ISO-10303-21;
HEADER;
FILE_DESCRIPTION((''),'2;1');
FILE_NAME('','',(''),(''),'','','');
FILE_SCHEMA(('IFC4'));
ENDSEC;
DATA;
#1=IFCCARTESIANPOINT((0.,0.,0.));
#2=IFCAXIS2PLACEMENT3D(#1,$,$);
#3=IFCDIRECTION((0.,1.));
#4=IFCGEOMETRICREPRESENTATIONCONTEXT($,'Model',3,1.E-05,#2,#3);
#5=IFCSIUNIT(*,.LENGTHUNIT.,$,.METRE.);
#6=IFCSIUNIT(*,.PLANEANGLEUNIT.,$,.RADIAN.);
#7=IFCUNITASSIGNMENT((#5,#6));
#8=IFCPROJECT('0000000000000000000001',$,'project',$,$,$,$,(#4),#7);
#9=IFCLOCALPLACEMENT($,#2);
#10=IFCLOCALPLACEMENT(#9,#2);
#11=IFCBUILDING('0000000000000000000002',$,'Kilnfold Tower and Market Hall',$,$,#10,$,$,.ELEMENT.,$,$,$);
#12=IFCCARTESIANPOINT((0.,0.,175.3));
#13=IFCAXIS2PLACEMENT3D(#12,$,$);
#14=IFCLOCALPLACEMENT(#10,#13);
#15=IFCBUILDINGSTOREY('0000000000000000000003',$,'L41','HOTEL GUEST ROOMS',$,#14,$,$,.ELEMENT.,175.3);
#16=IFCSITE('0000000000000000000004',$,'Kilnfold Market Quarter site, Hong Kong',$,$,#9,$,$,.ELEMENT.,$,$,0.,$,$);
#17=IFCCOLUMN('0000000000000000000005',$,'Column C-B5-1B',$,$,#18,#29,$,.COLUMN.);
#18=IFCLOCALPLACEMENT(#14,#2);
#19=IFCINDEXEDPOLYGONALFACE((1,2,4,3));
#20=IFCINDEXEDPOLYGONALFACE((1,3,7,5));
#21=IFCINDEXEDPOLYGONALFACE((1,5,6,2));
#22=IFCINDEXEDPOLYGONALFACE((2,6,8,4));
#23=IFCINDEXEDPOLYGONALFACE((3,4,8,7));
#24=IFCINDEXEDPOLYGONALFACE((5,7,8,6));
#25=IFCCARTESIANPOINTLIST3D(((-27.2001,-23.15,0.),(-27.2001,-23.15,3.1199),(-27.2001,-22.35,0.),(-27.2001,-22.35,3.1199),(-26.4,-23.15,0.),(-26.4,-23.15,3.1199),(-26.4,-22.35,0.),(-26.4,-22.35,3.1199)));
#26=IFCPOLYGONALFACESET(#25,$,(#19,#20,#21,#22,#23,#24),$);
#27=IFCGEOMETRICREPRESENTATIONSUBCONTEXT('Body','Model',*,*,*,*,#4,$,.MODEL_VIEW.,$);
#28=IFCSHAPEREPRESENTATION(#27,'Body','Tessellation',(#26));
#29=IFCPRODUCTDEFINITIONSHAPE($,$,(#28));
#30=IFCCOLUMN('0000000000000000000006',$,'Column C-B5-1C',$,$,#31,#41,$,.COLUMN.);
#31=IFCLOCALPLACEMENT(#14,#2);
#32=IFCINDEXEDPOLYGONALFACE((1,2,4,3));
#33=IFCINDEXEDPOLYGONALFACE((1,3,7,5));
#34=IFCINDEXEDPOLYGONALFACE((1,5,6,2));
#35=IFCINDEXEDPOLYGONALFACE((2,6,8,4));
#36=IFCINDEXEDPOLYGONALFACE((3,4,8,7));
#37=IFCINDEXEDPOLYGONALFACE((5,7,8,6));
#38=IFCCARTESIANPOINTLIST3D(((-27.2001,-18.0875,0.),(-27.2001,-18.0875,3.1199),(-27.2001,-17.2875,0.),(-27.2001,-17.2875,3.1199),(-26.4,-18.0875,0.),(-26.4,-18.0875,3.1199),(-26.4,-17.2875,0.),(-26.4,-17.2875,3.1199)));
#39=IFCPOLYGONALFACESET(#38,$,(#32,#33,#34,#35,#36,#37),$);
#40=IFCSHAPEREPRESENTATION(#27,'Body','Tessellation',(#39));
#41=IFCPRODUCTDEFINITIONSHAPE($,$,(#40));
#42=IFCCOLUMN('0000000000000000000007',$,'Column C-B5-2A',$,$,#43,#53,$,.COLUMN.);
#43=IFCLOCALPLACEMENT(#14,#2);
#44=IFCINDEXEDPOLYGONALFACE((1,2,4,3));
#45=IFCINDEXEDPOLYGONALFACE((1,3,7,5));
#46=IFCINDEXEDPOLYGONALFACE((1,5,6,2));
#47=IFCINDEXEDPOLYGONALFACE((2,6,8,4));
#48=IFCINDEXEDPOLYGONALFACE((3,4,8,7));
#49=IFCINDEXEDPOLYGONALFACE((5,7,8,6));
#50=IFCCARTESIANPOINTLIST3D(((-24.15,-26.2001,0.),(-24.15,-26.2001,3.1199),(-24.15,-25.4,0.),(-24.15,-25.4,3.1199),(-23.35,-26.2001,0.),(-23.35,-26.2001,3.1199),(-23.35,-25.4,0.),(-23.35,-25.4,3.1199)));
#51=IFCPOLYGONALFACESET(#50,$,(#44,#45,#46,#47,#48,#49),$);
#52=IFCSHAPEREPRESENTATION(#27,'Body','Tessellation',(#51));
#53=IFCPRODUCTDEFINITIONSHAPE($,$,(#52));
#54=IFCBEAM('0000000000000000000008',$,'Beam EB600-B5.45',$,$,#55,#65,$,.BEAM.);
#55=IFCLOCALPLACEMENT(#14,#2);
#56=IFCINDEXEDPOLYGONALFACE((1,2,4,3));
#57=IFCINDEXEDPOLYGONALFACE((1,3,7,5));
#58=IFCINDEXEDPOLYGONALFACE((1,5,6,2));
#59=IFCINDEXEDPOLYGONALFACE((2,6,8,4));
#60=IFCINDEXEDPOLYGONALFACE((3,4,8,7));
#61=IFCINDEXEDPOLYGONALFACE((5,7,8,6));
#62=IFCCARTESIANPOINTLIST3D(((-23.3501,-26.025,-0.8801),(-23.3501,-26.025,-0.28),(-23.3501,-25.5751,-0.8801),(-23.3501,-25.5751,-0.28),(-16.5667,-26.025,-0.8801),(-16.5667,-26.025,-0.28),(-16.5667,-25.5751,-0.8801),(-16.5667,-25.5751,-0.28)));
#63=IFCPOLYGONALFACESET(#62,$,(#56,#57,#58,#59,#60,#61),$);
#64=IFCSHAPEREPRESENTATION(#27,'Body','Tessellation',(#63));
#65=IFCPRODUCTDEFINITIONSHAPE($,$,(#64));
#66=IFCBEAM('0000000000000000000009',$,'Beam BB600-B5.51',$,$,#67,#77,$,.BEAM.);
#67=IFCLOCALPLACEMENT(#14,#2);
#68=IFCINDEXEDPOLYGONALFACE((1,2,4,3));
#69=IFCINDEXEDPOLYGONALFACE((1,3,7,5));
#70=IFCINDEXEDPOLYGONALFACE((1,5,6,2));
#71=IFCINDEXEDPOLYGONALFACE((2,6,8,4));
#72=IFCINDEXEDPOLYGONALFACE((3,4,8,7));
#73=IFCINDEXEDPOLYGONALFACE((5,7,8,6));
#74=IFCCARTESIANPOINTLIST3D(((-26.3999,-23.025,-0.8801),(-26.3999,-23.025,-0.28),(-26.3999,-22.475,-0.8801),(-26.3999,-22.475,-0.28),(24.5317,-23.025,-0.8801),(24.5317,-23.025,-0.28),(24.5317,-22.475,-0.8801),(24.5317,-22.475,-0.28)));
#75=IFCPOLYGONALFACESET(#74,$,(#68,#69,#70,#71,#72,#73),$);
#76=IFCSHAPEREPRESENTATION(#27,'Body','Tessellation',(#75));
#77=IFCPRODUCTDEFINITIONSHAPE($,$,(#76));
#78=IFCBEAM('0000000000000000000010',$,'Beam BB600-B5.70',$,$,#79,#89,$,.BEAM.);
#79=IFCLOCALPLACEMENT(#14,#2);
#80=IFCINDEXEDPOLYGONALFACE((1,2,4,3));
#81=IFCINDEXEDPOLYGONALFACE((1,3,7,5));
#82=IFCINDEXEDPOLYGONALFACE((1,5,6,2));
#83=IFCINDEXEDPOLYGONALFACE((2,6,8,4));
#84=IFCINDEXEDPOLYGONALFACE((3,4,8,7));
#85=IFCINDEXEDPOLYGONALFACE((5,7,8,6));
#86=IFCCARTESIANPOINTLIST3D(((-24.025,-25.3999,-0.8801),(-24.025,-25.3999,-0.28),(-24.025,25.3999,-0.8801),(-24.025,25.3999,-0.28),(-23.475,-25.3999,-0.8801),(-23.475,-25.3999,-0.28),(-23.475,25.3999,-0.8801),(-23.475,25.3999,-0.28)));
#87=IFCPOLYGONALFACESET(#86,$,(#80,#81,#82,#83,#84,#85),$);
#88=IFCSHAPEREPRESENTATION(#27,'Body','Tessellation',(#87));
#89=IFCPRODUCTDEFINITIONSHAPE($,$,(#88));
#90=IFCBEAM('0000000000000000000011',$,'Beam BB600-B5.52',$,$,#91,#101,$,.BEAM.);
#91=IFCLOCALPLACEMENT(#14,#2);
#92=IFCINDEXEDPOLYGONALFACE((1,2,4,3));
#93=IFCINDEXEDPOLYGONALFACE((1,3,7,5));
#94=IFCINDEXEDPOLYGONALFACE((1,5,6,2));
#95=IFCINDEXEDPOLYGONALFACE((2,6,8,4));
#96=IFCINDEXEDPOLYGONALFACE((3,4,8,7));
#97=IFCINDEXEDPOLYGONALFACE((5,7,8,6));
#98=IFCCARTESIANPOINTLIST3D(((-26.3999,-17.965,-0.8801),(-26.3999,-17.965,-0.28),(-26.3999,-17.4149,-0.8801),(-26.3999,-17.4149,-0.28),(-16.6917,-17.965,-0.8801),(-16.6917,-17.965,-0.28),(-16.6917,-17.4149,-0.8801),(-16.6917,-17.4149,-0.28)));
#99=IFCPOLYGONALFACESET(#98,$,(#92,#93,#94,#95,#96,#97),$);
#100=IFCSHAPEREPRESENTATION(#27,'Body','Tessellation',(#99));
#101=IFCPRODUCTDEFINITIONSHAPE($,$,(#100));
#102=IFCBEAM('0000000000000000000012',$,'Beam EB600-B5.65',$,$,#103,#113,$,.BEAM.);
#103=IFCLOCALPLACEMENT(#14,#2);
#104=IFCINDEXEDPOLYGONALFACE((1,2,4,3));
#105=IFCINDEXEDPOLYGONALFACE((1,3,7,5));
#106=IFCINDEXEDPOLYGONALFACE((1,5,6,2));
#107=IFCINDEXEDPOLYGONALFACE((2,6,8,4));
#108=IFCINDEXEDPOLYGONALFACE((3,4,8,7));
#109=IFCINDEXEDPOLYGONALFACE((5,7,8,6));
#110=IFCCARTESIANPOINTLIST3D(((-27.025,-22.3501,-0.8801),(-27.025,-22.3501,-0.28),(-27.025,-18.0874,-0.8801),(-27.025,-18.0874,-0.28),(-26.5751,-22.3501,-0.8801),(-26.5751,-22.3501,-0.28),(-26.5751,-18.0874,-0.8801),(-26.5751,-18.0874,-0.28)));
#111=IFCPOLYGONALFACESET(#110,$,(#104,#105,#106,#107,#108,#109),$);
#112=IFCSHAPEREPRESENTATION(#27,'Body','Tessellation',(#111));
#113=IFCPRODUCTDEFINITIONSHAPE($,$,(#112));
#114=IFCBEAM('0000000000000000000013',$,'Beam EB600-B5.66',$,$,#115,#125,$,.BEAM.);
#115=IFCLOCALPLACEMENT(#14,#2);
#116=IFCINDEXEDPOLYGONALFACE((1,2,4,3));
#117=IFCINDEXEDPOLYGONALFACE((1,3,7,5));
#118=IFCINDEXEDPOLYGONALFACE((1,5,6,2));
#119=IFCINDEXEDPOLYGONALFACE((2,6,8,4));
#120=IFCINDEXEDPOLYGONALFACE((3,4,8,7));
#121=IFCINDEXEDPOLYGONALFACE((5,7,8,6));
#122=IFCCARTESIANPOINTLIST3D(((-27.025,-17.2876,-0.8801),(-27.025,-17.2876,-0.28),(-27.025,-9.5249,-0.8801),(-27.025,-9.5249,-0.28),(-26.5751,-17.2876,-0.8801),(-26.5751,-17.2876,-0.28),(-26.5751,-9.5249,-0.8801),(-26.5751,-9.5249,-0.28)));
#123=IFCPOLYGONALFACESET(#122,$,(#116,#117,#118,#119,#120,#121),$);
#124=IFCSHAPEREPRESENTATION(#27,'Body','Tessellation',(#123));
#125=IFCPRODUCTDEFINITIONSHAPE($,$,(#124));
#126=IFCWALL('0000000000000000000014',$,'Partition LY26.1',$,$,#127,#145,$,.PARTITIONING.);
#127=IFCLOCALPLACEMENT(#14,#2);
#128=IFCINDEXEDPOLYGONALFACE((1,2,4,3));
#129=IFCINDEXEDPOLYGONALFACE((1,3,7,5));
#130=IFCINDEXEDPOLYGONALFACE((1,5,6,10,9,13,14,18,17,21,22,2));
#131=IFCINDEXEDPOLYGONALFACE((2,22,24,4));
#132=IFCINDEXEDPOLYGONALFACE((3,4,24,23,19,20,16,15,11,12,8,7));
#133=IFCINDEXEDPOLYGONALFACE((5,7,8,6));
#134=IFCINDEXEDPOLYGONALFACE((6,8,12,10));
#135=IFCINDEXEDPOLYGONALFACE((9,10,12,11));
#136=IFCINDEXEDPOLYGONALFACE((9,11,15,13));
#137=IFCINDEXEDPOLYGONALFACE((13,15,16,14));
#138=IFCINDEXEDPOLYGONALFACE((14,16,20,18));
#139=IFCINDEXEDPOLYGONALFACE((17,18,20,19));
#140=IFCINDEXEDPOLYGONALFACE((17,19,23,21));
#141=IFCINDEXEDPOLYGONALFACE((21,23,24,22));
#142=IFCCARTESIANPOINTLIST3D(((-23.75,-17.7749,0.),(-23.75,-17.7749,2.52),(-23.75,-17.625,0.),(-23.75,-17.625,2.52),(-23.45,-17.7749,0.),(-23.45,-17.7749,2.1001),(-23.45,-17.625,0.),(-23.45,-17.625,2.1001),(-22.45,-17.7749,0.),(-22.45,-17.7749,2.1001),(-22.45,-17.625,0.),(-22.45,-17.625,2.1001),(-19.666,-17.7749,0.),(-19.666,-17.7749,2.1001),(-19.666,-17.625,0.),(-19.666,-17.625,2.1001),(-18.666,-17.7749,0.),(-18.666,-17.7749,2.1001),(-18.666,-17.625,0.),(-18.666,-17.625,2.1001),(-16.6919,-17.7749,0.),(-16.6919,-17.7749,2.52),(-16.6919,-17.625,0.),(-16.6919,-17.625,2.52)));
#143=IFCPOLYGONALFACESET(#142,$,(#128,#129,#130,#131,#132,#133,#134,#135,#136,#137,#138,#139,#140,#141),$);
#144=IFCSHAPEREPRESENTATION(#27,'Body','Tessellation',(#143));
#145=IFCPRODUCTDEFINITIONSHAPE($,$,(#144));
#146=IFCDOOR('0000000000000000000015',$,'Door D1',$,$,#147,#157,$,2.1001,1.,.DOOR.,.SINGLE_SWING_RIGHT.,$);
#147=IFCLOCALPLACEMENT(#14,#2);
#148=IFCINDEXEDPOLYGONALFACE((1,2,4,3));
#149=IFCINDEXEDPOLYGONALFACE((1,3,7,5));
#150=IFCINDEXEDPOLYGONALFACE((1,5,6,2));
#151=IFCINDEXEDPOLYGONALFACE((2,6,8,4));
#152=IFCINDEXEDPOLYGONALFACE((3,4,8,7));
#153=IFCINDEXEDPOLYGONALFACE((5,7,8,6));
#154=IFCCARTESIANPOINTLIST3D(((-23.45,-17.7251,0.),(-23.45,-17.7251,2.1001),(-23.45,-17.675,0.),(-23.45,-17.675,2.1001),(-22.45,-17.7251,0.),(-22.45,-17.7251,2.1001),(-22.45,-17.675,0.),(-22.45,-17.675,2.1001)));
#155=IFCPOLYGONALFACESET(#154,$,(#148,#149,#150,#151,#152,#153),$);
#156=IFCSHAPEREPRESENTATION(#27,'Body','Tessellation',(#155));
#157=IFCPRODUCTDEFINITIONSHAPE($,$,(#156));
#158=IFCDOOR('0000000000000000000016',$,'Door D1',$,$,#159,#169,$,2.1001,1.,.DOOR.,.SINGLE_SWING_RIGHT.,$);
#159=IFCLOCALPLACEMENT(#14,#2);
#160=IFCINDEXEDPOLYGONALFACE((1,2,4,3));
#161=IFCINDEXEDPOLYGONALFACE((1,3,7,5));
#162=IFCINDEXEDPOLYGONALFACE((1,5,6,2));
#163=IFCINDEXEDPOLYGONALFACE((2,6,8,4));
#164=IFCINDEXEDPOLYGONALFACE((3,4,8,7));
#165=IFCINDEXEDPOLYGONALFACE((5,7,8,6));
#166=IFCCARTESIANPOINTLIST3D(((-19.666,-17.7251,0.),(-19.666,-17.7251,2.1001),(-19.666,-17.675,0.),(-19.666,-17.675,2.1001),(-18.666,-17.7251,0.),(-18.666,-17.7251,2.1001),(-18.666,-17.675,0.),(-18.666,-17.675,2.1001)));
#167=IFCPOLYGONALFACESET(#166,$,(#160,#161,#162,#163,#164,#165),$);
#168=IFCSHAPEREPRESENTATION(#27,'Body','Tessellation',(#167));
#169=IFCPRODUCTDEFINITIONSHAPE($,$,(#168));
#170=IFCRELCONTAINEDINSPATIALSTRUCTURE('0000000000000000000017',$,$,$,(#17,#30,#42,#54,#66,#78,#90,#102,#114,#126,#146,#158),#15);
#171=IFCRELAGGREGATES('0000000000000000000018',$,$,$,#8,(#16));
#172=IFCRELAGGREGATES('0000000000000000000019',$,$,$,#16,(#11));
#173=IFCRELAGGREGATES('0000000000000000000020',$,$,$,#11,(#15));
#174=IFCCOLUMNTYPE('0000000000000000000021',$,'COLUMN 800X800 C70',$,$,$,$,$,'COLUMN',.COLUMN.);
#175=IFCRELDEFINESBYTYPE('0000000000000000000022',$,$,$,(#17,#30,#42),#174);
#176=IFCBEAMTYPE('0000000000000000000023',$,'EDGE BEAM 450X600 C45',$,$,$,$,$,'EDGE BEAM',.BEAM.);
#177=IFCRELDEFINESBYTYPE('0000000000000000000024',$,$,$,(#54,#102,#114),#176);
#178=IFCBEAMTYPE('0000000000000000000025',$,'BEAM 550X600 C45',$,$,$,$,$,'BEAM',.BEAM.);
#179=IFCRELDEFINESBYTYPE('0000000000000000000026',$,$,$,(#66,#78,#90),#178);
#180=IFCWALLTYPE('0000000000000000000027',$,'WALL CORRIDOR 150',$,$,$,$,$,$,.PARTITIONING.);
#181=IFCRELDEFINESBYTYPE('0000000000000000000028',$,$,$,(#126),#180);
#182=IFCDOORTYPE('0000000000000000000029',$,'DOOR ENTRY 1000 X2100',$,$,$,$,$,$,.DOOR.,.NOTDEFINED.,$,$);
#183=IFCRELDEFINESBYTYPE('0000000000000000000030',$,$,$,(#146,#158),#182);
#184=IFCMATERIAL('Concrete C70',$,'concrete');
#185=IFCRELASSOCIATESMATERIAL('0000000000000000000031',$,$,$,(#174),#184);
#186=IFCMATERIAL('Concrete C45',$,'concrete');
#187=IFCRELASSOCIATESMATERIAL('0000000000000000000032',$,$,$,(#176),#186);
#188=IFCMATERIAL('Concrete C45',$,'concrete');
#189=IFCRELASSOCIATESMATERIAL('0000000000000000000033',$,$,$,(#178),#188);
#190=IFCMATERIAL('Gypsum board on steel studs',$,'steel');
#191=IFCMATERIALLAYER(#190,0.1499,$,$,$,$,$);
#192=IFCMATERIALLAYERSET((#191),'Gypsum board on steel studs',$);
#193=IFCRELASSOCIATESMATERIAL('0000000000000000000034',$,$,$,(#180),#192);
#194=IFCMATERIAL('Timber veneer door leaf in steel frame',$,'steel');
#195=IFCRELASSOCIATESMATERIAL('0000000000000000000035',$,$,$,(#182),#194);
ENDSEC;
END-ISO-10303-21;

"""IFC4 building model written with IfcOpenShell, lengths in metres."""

from ifc_helpers import new_model, si_unit, direction, frame, frame_2d, origin, origin_2d, place, context, subcontext, project, spatial, rectangle, extrude, source, transform, mapped, material, layer, layer_set, material_profile, profile_set, type_object, element, fill, save


model = new_model("IFC4")

# Units and contexts
model_context = context("Model", 3, precision=1e-05, world=origin(), true_north=direction((0.0, 1.0)))
body_context = subcontext(model_context, "Body", "Model", "MODEL_VIEW")
ifc_project = project(units=[si_unit("LENGTHUNIT", "METRE"), si_unit("PLANEANGLEUNIT", "RADIAN")], contexts=[model_context])

# Site, building, storey
site_placement = place(None, origin())
site = spatial("IfcSite", under=ifc_project, at=site_placement, Name="Kilnfold Market Quarter site, Hong Kong", CompositionType="ELEMENT", RefElevation=0.0)
building_placement = place(site_placement, origin())
building = spatial("IfcBuilding", under=site, at=building_placement, Name="Kilnfold Tower and Market Hall", CompositionType="ELEMENT")
storey_placement = place(building_placement, frame((0.0, 0.0, 175.3)))
storey = spatial("IfcBuildingStorey", under=building, at=storey_placement, Name="L41", Description="HOTEL GUEST ROOMS", CompositionType="ELEMENT", Elevation=175.3)

# Columns
ifc_material_1 = material(Name="Concrete C70", Category="concrete")
ifc_material_profile_1 = material_profile(ifc_material_1, rectangle(XDim=0.8, YDim=0.8, at=origin_2d()), Name="RC 800x800")
ifc_profile_set_1 = profile_set([ifc_material_profile_1], Name="Concrete C70")
column_type = type_object("IfcColumnType", Name="COLUMN 800X800 C70", ElementType="COLUMN", PredefinedType="COLUMN", material=ifc_profile_set_1)
shared_shape_1 = source(origin(), body_context, "Body", "SweptSolid", [
    extrude(rectangle(XDim=0.8, YDim=0.8, at=origin_2d()), origin(), (0.0, 0.0, 1.0), 3.1199),
])
for number, where, z_axis, x_axis, name in (
    (1, (-26.8, -22.75, 0.0), (0.0, 0.0, 1.0), (1.0, 0.0, 0.0), "Column C-B5-1B"),
    (2, (-26.8, -17.6875, 0.0), (0.0, 0.0, 1.0), (1.0, 0.0, 0.0), "Column C-B5-1C"),
    (3, (-23.75, -25.8, 0.0), (0.0, 0.0, 1.0), (1.0, 0.0, 0.0), "Column C-B5-2A"),
):
    element("IfcColumn", number, at=place(storey_placement, frame(where, z_axis=z_axis, x_axis=x_axis)), inside=storey, type_object=column_type, Name=name, PredefinedType="COLUMN", context=body_context, shape_type="MappedRepresentation", body=[
        mapped(shared_shape_1, transform((0.0, 0.0, 0.0))),
    ])

# Beams
ifc_material_2 = material(Name="Concrete C45", Category="concrete")
ifc_material_profile_2 = material_profile(ifc_material_2, rectangle(XDim=0.45, YDim=0.6001, at=origin_2d()), Name="RC 450x600")
ifc_profile_set_2 = profile_set([ifc_material_profile_2], Name="Concrete C45")
beam_type_1 = type_object("IfcBeamType", Name="EDGE BEAM 450X600 C45", ElementType="EDGE BEAM", PredefinedType="BEAM", material=ifc_profile_set_2)
shared_shape_2 = source(origin(), body_context, "Body", "SweptSolid", [
    extrude(rectangle(XDim=0.45, YDim=0.6001, at=origin_2d()), origin(), (0.0, 0.0, 1.0), 6.7834),
])
beam_1_placement = place(storey_placement, frame((-23.3501, -25.8, -0.5801), z_axis=(1.0, 0.0, 0.0), x_axis=(0.0, 1.0, 0.0)))
element("IfcBeam", 4, at=beam_1_placement, inside=storey, type_object=beam_type_1, Name="Beam EB600-B5.45", PredefinedType="BEAM", context=body_context, shape_type="MappedRepresentation", body=[
    mapped(shared_shape_2, transform((0.0, 0.0, 0.0))),
])
ifc_material_3 = material(Name="Concrete C45", Category="concrete")
ifc_material_profile_3 = material_profile(ifc_material_3, rectangle(XDim=0.55, YDim=0.6001, at=origin_2d()), Name="RC 550x600")
ifc_profile_set_3 = profile_set([ifc_material_profile_3], Name="Concrete C45")
beam_type_2 = type_object("IfcBeamType", Name="BEAM 550X600 C45", ElementType="BEAM", PredefinedType="BEAM", material=ifc_profile_set_3)
shared_shape_3 = source(origin(), body_context, "Body", "SweptSolid", [
    extrude(rectangle(XDim=0.55, YDim=0.6001, at=origin_2d()), origin(), (0.0, 0.0, 1.0), 50.9316),
])
beam_2_placement = place(storey_placement, frame((-26.3999, -22.75, -0.5801), z_axis=(1.0, 0.0, 0.0), x_axis=(0.0, 1.0, 0.0)))
element("IfcBeam", 5, at=beam_2_placement, inside=storey, type_object=beam_type_2, Name="Beam BB600-B5.51", PredefinedType="BEAM", context=body_context, shape_type="MappedRepresentation", body=[
    mapped(shared_shape_3, transform((0.0, 0.0, 0.0))),
])
shared_shape_4 = source(origin(), body_context, "Body", "SweptSolid", [
    extrude(rectangle(XDim=0.55, YDim=0.6001, at=origin_2d()), origin(), (0.0, 0.0, 1.0), 50.7998),
])
beam_3_placement = place(storey_placement, frame((-23.75, -25.3999, -0.5801), z_axis=(0.0, 1.0, 0.0), x_axis=(-1.0, 0.0, 0.0)))
element("IfcBeam", 6, at=beam_3_placement, inside=storey, type_object=beam_type_2, Name="Beam BB600-B5.70", PredefinedType="BEAM", context=body_context, shape_type="MappedRepresentation", body=[
    mapped(shared_shape_4, transform((0.0, 0.0, 0.0))),
])
shared_shape_5 = source(origin(), body_context, "Body", "SweptSolid", [
    extrude(rectangle(XDim=0.55, YDim=0.6001, at=origin_2d()), origin(), (0.0, 0.0, 1.0), 9.7083),
])
beam_4_placement = place(storey_placement, frame((-26.3999, -17.6899, -0.5801), z_axis=(1.0, 0.0, 0.0), x_axis=(0.0, 1.0, 0.0)))
element("IfcBeam", 7, at=beam_4_placement, inside=storey, type_object=beam_type_2, Name="Beam BB600-B5.52", PredefinedType="BEAM", context=body_context, shape_type="MappedRepresentation", body=[
    mapped(shared_shape_5, transform((0.0, 0.0, 0.0))),
])
shared_shape_6 = source(origin(), body_context, "Body", "SweptSolid", [
    extrude(rectangle(XDim=0.45, YDim=0.6001, at=origin_2d()), origin(), (0.0, 0.0, 1.0), 4.2627),
])
beam_5_placement = place(storey_placement, frame((-26.8, -22.3501, -0.5801), z_axis=(0.0, 1.0, 0.0), x_axis=(-1.0, 0.0, 0.0)))
element("IfcBeam", 8, at=beam_5_placement, inside=storey, type_object=beam_type_1, Name="Beam EB600-B5.65", PredefinedType="BEAM", context=body_context, shape_type="MappedRepresentation", body=[
    mapped(shared_shape_6, transform((0.0, 0.0, 0.0))),
])
shared_shape_7 = source(origin(), body_context, "Body", "SweptSolid", [
    extrude(rectangle(XDim=0.45, YDim=0.6001, at=origin_2d()), origin(), (0.0, 0.0, 1.0), 7.7627),
])
beam_6_placement = place(storey_placement, frame((-26.8, -17.2876, -0.5801), z_axis=(0.0, 1.0, 0.0), x_axis=(-1.0, 0.0, 0.0)))
element("IfcBeam", 9, at=beam_6_placement, inside=storey, type_object=beam_type_1, Name="Beam EB600-B5.66", PredefinedType="BEAM", context=body_context, shape_type="MappedRepresentation", body=[
    mapped(shared_shape_7, transform((0.0, 0.0, 0.0))),
])

# Wall, openings, doors
ifc_material_4 = material(Name="Gypsum board on steel studs", Category="steel")
ifc_layer_1 = layer(ifc_material_4, 0.1499)
ifc_layer_set_1 = layer_set([ifc_layer_1], Name="Gypsum board on steel studs")
wall_type_1 = type_object("IfcWallType", Name="WALL CORRIDOR 150", PredefinedType="PARTITIONING", material=ifc_layer_set_1)
wall_1_placement = place(storey_placement, frame((-23.75, -17.7, 0.0), z_axis=(0.0, 0.0, 1.0), x_axis=(1.0, 0.0, 0.0)))
wall_1 = element("IfcWall", 10, at=wall_1_placement, inside=storey, type_object=wall_type_1, Name="Partition LY26.1", PredefinedType="PARTITIONING", context=body_context, shape_type="SweptSolid", body=[
    extrude(rectangle(XDim=7.0581, YDim=0.1499, at=frame_2d((3.5291, 0.0))), origin(), (0.0, 0.0, 1.0), 2.52),
])
opening_1_placement = place(wall_1_placement, frame((0.3, 0.0, 0.0)))
opening_1 = element("IfcOpeningElement", 11, at=opening_1_placement, cuts=wall_1, PredefinedType="OPENING", context=body_context, shape_type="SweptSolid", body=[
    extrude(rectangle(XDim=1.0, YDim=2.1001, at=frame_2d((0.5, 1.05))), frame((0.0, 0.085, 0.0), z_axis=(0.0, -1.0, 0.0), x_axis=(1.0, 0.0, 0.0)), (0.0, 0.0, 1.0), 0.1699),
])
opening_2_placement = place(wall_1_placement, frame((4.084, 0.0, 0.0)))
opening_2 = element("IfcOpeningElement", 12, at=opening_2_placement, cuts=wall_1, PredefinedType="OPENING", context=body_context, shape_type="SweptSolid", body=[
    extrude(rectangle(XDim=1.0, YDim=2.1001, at=frame_2d((0.5, 1.05))), frame((0.0, 0.085, 0.0), z_axis=(0.0, -1.0, 0.0), x_axis=(1.0, 0.0, 0.0)), (0.0, 0.0, 1.0), 0.1699),
])
ifc_material_5 = material(Name="Timber veneer door leaf in steel frame", Category="steel")
door_type_1 = type_object("IfcDoorType", Name="DOOR ENTRY 1000 X2100", OperationType="NOTDEFINED", PredefinedType="DOOR", material=ifc_material_5)
door_1_placement = place(opening_1_placement, origin())
door_1 = element("IfcDoor", 13, at=door_1_placement, inside=storey, type_object=door_type_1, Name="Door D1", OperationType="SINGLE_SWING_RIGHT", OverallHeight=2.1001, OverallWidth=1.0, PredefinedType="DOOR", context=body_context, shape_type="SweptSolid", body=[
    extrude(rectangle(XDim=1.0, YDim=2.1001, at=frame_2d((0.5, 1.05))), frame((0.0, 0.0249, 0.0), z_axis=(0.0, -1.0, 0.0), x_axis=(1.0, 0.0, 0.0)), (0.0, 0.0, 1.0), 0.05),
])
fill(opening_1, door_1)
door_2_placement = place(opening_2_placement, origin())
door_2 = element("IfcDoor", 14, at=door_2_placement, inside=storey, type_object=door_type_1, Name="Door D1", OperationType="SINGLE_SWING_RIGHT", OverallHeight=2.1001, OverallWidth=1.0, PredefinedType="DOOR", context=body_context, shape_type="SweptSolid", body=[
    extrude(rectangle(XDim=1.0, YDim=2.1001, at=frame_2d((0.5, 1.05))), frame((0.0, 0.0249, 0.0), z_axis=(0.0, -1.0, 0.0), x_axis=(1.0, 0.0, 0.0)), (0.0, 0.0, 1.0), 0.05),
])
fill(opening_2, door_2)

save(model, "model.ifc")
